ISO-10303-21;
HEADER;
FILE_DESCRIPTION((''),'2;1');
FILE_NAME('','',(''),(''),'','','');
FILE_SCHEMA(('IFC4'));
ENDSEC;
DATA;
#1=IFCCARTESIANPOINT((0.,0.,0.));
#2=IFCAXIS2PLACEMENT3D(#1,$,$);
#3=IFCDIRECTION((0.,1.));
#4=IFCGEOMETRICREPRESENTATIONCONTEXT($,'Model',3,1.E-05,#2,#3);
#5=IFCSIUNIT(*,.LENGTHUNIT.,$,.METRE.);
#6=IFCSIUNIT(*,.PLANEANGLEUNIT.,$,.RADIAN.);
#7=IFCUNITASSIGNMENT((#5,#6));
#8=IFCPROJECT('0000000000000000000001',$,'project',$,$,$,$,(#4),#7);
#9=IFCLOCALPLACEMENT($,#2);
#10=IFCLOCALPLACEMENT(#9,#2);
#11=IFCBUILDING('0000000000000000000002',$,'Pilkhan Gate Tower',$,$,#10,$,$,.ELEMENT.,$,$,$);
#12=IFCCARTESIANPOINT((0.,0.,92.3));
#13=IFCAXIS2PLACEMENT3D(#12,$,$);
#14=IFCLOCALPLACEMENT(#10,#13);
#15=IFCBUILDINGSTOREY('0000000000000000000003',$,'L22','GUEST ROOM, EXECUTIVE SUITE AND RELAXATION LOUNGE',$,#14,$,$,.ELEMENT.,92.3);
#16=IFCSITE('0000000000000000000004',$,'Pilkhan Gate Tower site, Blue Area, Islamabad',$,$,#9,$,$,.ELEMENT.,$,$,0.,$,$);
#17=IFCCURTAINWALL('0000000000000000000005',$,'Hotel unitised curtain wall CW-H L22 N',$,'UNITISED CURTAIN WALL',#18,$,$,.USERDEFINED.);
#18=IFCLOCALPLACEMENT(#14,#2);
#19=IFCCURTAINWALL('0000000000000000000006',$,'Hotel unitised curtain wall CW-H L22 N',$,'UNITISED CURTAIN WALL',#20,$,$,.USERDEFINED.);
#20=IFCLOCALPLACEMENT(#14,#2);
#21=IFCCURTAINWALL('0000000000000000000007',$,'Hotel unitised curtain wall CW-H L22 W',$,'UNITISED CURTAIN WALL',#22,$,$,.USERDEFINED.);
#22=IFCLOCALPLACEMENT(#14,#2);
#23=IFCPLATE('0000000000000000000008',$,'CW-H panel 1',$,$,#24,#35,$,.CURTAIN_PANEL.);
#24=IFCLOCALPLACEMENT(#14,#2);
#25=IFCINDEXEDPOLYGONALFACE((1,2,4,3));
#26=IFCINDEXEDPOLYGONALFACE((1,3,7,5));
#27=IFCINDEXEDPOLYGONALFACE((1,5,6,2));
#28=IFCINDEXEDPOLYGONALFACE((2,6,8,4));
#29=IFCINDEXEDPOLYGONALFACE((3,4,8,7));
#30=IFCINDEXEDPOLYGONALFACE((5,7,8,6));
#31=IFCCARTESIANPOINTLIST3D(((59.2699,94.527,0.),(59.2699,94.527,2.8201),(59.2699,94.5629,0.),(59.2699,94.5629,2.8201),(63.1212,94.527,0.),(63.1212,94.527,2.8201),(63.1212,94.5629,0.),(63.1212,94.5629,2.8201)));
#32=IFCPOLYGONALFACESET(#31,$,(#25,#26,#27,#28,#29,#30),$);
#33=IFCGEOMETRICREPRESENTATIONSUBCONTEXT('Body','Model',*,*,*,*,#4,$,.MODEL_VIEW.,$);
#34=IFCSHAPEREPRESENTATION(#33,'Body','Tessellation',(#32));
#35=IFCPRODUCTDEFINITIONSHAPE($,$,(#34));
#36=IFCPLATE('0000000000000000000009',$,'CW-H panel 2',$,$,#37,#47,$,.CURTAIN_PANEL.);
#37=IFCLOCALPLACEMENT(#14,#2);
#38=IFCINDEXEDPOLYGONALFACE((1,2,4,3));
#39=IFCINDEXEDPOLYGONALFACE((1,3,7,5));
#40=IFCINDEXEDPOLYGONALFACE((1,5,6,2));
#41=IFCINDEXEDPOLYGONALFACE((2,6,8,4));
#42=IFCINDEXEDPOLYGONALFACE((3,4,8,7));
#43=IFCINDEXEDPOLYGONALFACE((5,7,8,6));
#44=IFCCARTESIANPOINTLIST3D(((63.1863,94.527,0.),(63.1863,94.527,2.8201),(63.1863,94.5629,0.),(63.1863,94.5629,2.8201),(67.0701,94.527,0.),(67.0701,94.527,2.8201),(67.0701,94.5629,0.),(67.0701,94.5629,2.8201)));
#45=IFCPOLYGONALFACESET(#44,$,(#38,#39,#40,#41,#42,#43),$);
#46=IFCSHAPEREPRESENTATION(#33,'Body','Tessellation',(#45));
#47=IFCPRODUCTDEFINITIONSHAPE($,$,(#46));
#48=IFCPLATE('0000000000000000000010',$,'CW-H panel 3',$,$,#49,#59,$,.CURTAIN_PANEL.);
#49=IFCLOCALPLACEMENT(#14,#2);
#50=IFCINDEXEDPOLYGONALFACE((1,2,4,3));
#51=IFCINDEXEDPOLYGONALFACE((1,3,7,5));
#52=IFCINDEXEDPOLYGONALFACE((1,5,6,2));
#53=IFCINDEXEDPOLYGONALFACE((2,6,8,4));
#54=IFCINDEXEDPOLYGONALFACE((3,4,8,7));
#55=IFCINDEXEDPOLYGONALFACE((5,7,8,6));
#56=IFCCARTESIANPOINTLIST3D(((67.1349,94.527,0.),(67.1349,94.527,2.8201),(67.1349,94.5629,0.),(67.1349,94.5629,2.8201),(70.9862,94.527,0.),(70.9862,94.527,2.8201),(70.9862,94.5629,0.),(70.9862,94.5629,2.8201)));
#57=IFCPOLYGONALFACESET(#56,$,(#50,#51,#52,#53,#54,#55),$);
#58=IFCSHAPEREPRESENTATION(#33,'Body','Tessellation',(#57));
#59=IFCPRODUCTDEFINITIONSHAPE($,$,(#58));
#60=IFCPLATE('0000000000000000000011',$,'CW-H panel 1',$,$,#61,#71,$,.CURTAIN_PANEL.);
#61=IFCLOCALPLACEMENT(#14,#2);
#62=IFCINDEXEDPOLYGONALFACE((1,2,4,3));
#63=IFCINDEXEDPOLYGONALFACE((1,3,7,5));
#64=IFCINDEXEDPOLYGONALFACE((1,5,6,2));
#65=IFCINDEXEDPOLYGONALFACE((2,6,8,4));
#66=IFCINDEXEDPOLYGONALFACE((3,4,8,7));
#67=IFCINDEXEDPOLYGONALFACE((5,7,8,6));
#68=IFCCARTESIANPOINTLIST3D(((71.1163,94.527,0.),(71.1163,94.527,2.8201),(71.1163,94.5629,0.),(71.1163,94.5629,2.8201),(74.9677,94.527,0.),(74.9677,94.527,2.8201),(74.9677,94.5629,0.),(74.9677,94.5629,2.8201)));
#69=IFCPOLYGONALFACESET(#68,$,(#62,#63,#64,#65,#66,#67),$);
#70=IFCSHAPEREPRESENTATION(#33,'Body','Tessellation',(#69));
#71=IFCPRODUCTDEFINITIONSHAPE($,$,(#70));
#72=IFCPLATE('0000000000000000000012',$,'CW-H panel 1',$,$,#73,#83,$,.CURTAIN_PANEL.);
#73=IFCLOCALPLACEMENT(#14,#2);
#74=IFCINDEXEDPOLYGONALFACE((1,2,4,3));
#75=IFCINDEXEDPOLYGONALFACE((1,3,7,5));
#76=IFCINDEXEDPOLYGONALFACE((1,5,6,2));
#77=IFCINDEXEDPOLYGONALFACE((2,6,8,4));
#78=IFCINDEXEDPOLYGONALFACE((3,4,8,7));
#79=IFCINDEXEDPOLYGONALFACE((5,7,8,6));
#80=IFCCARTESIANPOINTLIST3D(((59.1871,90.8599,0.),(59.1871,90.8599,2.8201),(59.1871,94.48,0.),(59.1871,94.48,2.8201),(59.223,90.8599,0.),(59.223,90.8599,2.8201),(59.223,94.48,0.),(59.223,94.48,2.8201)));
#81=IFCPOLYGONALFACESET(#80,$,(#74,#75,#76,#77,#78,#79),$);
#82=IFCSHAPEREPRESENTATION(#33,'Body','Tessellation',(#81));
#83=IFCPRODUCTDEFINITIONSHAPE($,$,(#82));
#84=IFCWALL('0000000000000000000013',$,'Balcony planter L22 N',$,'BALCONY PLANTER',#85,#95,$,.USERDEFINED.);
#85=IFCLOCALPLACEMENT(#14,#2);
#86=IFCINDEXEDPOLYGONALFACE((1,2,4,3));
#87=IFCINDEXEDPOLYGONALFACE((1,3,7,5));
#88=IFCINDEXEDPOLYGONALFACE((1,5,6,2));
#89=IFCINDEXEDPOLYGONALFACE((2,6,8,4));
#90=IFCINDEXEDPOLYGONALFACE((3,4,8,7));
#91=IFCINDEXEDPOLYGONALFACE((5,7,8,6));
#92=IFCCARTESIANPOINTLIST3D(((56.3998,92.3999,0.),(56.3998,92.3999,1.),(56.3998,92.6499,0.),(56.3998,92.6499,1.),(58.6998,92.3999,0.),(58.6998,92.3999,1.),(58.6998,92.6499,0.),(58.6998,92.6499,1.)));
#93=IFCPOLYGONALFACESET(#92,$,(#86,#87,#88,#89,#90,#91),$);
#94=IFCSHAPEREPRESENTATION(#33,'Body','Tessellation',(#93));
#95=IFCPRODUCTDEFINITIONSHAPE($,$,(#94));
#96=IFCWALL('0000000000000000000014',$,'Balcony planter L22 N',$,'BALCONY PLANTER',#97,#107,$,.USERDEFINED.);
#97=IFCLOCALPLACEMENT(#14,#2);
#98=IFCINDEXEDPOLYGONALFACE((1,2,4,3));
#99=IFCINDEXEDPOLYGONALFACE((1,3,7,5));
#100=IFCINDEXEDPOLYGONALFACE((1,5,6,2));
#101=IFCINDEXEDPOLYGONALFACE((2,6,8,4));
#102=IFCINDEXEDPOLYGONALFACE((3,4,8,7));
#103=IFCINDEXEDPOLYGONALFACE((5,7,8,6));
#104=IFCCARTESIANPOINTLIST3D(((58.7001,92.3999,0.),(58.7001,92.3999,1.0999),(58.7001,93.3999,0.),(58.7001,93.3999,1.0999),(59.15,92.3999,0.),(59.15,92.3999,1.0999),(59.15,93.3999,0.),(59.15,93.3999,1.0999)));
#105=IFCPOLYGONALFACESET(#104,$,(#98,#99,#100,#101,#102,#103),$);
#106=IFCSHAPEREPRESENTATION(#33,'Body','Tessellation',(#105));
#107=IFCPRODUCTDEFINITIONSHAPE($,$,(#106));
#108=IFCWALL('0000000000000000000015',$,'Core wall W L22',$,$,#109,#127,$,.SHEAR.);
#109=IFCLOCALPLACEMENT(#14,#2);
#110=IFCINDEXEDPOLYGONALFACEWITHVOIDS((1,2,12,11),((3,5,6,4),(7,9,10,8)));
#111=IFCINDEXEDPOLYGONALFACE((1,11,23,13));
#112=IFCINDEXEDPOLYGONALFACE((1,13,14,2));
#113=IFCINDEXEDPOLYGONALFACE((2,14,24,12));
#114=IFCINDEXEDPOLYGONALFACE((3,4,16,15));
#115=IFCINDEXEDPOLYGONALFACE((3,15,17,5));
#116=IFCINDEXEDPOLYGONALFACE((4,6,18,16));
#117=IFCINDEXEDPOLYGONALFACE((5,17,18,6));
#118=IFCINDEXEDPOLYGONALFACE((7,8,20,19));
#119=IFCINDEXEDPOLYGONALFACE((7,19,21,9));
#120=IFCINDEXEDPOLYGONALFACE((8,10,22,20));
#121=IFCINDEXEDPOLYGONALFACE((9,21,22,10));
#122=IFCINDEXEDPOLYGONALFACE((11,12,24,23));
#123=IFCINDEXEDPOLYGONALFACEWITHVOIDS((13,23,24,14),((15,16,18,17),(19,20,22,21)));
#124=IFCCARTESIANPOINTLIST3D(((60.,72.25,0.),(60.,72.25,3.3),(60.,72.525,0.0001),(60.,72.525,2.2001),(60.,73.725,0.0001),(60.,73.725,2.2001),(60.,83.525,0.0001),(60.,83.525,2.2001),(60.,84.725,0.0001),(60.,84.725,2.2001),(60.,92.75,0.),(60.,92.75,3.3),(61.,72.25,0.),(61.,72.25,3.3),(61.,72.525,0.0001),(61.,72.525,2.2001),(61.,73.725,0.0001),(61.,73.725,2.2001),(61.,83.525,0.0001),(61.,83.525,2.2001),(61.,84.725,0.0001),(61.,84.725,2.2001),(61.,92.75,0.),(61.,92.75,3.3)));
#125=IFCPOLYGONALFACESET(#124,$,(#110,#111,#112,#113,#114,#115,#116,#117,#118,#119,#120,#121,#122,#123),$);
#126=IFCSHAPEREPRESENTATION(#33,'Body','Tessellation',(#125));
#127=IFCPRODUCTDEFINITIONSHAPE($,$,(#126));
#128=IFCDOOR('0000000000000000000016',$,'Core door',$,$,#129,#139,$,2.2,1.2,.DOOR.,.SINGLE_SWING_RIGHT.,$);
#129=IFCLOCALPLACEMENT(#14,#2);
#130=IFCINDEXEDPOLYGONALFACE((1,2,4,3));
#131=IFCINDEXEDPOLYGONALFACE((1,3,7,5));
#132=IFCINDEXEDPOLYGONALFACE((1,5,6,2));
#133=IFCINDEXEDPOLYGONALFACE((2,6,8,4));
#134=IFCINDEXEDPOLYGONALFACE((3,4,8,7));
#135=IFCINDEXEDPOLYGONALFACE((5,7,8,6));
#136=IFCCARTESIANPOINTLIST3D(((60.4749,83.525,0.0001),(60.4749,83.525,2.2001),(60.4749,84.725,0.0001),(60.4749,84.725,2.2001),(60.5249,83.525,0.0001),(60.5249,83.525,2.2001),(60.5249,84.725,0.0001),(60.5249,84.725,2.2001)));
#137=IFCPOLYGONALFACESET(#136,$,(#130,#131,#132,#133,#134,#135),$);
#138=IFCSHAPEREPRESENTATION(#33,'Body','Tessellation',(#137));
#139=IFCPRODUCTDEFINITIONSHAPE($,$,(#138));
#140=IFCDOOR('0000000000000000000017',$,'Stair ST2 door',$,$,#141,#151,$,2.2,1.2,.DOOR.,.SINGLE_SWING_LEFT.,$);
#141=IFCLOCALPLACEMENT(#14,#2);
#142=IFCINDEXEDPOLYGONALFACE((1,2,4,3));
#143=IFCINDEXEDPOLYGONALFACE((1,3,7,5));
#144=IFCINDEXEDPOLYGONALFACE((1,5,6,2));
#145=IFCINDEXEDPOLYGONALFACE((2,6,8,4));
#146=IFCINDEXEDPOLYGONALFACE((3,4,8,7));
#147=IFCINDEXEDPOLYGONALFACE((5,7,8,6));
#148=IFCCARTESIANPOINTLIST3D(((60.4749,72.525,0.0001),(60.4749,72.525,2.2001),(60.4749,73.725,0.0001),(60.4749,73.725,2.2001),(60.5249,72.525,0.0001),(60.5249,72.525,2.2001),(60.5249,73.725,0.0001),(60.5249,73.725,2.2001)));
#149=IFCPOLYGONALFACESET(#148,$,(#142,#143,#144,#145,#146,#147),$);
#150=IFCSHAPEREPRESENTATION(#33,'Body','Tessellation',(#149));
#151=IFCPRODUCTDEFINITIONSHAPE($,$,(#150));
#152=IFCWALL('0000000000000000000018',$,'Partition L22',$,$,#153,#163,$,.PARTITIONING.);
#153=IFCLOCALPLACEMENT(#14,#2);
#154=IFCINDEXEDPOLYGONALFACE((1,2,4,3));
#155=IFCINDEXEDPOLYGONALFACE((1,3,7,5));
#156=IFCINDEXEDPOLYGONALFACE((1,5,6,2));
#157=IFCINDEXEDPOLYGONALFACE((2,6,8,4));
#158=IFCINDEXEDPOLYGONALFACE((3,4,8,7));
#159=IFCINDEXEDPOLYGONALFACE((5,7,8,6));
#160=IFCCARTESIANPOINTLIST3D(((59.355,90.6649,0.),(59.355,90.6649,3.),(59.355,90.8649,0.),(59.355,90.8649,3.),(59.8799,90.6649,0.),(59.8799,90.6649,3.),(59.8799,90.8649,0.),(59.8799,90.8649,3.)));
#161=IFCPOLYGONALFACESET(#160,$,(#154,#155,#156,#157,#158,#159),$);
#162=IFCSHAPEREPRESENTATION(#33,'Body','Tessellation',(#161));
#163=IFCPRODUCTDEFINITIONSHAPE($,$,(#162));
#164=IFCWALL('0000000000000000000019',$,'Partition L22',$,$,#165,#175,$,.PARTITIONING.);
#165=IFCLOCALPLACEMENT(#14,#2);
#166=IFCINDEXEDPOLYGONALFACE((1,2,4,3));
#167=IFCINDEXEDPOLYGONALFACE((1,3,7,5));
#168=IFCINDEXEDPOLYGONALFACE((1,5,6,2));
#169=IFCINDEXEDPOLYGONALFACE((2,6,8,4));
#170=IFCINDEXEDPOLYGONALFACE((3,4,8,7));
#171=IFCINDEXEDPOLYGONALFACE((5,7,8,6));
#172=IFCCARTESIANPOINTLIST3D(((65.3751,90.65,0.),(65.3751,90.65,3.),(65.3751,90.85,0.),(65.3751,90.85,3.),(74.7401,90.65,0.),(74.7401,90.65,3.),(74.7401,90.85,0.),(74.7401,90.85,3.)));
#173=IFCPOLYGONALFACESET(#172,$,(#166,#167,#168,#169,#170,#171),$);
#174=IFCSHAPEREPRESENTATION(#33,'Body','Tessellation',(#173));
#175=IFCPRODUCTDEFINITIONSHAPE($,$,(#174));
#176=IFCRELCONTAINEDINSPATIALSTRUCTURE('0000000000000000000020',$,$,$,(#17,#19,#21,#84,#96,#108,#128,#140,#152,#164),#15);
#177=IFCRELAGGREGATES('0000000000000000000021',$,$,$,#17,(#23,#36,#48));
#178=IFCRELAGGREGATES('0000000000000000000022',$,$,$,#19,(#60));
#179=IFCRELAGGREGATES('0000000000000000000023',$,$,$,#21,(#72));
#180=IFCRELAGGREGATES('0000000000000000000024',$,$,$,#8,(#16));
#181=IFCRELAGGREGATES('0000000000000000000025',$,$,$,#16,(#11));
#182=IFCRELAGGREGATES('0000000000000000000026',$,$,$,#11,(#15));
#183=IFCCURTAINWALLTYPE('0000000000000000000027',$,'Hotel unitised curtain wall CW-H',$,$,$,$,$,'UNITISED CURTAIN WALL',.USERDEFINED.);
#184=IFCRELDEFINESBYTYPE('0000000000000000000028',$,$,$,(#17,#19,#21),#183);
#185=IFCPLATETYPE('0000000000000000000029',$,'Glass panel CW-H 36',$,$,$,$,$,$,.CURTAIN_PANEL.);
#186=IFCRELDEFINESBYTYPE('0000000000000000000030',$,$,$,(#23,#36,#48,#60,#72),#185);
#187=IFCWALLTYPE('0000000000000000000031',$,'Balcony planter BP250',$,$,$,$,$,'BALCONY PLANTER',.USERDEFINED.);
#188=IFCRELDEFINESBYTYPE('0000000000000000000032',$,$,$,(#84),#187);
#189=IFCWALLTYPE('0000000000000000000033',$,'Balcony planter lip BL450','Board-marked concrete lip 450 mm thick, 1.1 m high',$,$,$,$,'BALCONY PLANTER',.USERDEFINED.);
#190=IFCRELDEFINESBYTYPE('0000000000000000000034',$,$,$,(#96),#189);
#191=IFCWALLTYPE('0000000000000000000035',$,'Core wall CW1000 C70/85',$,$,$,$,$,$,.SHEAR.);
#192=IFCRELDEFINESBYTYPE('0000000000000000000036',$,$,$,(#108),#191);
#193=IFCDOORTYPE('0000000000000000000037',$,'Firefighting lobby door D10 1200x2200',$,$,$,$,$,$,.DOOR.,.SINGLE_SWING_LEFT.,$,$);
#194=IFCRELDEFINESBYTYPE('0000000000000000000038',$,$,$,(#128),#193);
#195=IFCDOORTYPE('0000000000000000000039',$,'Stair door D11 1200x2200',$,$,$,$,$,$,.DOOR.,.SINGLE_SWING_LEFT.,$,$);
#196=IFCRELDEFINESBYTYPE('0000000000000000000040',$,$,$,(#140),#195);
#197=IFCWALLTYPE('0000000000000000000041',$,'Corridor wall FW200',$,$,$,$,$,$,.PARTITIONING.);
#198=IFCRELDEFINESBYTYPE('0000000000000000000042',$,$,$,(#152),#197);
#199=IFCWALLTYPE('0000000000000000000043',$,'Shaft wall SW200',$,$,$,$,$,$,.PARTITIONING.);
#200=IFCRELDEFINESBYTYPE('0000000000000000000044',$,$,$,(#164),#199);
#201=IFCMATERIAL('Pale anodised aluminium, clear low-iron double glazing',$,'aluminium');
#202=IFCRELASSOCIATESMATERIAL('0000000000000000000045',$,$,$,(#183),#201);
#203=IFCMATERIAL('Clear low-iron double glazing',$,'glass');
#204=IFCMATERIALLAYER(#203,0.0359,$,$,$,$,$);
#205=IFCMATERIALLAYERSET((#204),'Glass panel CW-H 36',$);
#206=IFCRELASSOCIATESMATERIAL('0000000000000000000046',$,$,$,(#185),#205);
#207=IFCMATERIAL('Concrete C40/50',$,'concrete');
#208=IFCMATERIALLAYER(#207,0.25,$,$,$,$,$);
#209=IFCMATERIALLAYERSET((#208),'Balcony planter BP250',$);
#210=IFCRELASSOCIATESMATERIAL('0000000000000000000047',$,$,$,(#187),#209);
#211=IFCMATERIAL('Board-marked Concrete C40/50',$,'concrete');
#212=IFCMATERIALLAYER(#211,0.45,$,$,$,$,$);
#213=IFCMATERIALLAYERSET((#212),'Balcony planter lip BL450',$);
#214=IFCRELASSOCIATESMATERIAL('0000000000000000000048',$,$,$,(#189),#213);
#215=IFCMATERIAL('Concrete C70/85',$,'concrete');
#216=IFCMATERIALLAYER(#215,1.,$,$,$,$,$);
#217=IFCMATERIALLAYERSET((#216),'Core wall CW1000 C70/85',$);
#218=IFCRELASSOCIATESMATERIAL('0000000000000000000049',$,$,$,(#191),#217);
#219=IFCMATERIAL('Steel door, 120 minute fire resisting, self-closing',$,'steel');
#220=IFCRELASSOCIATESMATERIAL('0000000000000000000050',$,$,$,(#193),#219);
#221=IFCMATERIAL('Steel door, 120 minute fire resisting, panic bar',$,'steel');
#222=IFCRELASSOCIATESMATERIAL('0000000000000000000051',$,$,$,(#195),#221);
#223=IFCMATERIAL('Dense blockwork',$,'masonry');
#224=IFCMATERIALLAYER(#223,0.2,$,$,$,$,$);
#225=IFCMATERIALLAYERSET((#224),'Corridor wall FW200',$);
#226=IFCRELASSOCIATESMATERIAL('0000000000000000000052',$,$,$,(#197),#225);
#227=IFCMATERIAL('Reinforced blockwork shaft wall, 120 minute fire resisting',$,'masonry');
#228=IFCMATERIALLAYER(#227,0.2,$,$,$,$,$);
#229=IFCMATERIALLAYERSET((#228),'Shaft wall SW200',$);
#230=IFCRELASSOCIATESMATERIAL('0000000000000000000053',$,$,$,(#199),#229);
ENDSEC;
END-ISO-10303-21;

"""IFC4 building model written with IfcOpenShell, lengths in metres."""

from ifc_helpers import new_model, si_unit, direction, frame, frame_2d, origin, origin_2d, place, context, subcontext, project, spatial, rectangle, extrude, material, layer, layer_set, type_object, element, fill, aggregate, save


model = new_model("IFC4")

# Units and contexts
model_context = context("Model", 3, precision=1e-05, world=origin(), true_north=direction((0.0, 1.0)))
body_context = subcontext(model_context, "Body", "Model", "MODEL_VIEW")
ifc_project = project(units=[si_unit("LENGTHUNIT", "METRE"), si_unit("PLANEANGLEUNIT", "RADIAN")], contexts=[model_context])

# Site, building, storey
site_placement = place(None, origin())
site = spatial("IfcSite", under=ifc_project, at=site_placement, Name="Pilkhan Gate Tower site, Blue Area, Islamabad", CompositionType="ELEMENT", RefElevation=0.0)
building_placement = place(site_placement, origin())
building = spatial("IfcBuilding", under=site, at=building_placement, Name="Pilkhan Gate Tower", CompositionType="ELEMENT")
storey_placement = place(building_placement, frame((0.0, 0.0, 92.3)))
storey = spatial("IfcBuildingStorey", under=building, at=storey_placement, Name="L22", Description="GUEST ROOM, EXECUTIVE SUITE AND RELAXATION LOUNGE", CompositionType="ELEMENT", Elevation=92.3)

# Curtain wall
ifc_material_1 = material(Name="Pale anodised aluminium, clear low-iron double glazing", Category="aluminium")
curtain_wall_type = type_object("IfcCurtainWallType", Name="Hotel unitised curtain wall CW-H", ElementType="UNITISED CURTAIN WALL", PredefinedType="USERDEFINED", material=ifc_material_1)
curtain_wall_1_placement = place(storey_placement, origin())
curtain_wall_1 = element("IfcCurtainWall", 1, at=curtain_wall_1_placement, inside=storey, type_object=curtain_wall_type, Name="Hotel unitised curtain wall CW-H L22 N", ObjectType="UNITISED CURTAIN WALL", PredefinedType="USERDEFINED")

# Curtain wall
curtain_wall_2_placement = place(storey_placement, origin())
curtain_wall_2 = element("IfcCurtainWall", 2, at=curtain_wall_2_placement, inside=storey, type_object=curtain_wall_type, Name="Hotel unitised curtain wall CW-H L22 N", ObjectType="UNITISED CURTAIN WALL", PredefinedType="USERDEFINED")

# Curtain wall
curtain_wall_3_placement = place(storey_placement, origin())
curtain_wall_3 = element("IfcCurtainWall", 3, at=curtain_wall_3_placement, inside=storey, type_object=curtain_wall_type, Name="Hotel unitised curtain wall CW-H L22 W", ObjectType="UNITISED CURTAIN WALL", PredefinedType="USERDEFINED")

# Plates
ifc_material_2 = material(Name="Clear low-iron double glazing", Category="glass")
ifc_layer_1 = layer(ifc_material_2, 0.0359)
ifc_layer_set_1 = layer_set([ifc_layer_1], Name="Glass panel CW-H 36")
plate_type = type_object("IfcPlateType", Name="Glass panel CW-H 36", PredefinedType="CURTAIN_PANEL", material=ifc_layer_set_1)
plate_1_placement = place(storey_placement, frame((61.1956, 94.5449, 0.0), z_axis=(0.0, 0.0, 1.0), x_axis=(1.0, 0.0, 0.0)))
plate_1 = element("IfcPlate", 4, at=plate_1_placement, type_object=plate_type, Name="CW-H panel 1", PredefinedType="CURTAIN_PANEL", context=body_context, shape_type="SweptSolid", body=[
    extrude(rectangle(XDim=3.8513, YDim=0.0359, at=origin_2d()), origin(), (0.0, 0.0, 1.0), 2.8201),
])
plate_2_placement = place(storey_placement, frame((65.1282, 94.5449, 0.0), z_axis=(0.0, 0.0, 1.0), x_axis=(1.0, 0.0, 0.0)))
plate_2 = element("IfcPlate", 5, at=plate_2_placement, type_object=plate_type, Name="CW-H panel 2", PredefinedType="CURTAIN_PANEL", context=body_context, shape_type="SweptSolid", body=[
    extrude(rectangle(XDim=3.8838, YDim=0.0359, at=origin_2d()), origin(), (0.0, 0.0, 1.0), 2.8201),
])
plate_3_placement = place(storey_placement, frame((69.0605, 94.5449, 0.0), z_axis=(0.0, 0.0, 1.0), x_axis=(1.0, 0.0, 0.0)))
plate_3 = element("IfcPlate", 6, at=plate_3_placement, type_object=plate_type, Name="CW-H panel 3", PredefinedType="CURTAIN_PANEL", context=body_context, shape_type="SweptSolid", body=[
    extrude(rectangle(XDim=3.8513, YDim=0.0359, at=origin_2d()), origin(), (0.0, 0.0, 1.0), 2.8201),
])
aggregate(curtain_wall_1, [plate_1, plate_2, plate_3])
plate_4_placement = place(storey_placement, frame((73.042, 94.5449, 0.0), z_axis=(0.0, 0.0, 1.0), x_axis=(1.0, 0.0, 0.0)))
plate_4 = element("IfcPlate", 7, at=plate_4_placement, type_object=plate_type, Name="CW-H panel 1", PredefinedType="CURTAIN_PANEL", context=body_context, shape_type="SweptSolid", body=[
    extrude(rectangle(XDim=3.8513, YDim=0.0359, at=origin_2d()), origin(), (0.0, 0.0, 1.0), 2.8201),
])
aggregate(curtain_wall_2, [plate_4])
plate_5_placement = place(storey_placement, frame((59.2051, 92.6699, 0.0), z_axis=(0.0, 0.0, 1.0), x_axis=(0.0, 1.0, 0.0)))
plate_5 = element("IfcPlate", 8, at=plate_5_placement, type_object=plate_type, Name="CW-H panel 1", PredefinedType="CURTAIN_PANEL", context=body_context, shape_type="SweptSolid", body=[
    extrude(rectangle(XDim=3.6201, YDim=0.0359, at=origin_2d()), origin(), (0.0, 0.0, 1.0), 2.8201),
])
aggregate(curtain_wall_3, [plate_5])

# Walls
ifc_material_3 = material(Name="Concrete C40/50", Category="concrete")
ifc_layer_2 = layer(ifc_material_3, 0.25)
ifc_layer_set_2 = layer_set([ifc_layer_2], Name="Balcony planter BP250")
wall_type_1 = type_object("IfcWallType", Name="Balcony planter BP250", ElementType="BALCONY PLANTER", PredefinedType="USERDEFINED", material=ifc_layer_set_2)
wall_1_placement = place(storey_placement, frame((56.3999, 92.5249, 0.0), z_axis=(0.0, 0.0, 1.0), x_axis=(1.0, 0.0, 0.0)))
element("IfcWall", 9, at=wall_1_placement, inside=storey, type_object=wall_type_1, Name="Balcony planter L22 N", ObjectType="BALCONY PLANTER", PredefinedType="USERDEFINED", context=body_context, shape_type="SweptSolid", body=[
    extrude(rectangle(XDim=2.3, YDim=0.25, at=frame_2d((1.1499, 0.0))), origin(), (0.0, 0.0, 1.0), 1.0),
])
ifc_material_4 = material(Name="Board-marked Concrete C40/50", Category="concrete")
ifc_layer_3 = layer(ifc_material_4, 0.45)
ifc_layer_set_3 = layer_set([ifc_layer_3], Name="Balcony planter lip BL450")
wall_type_2 = type_object("IfcWallType", Name="Balcony planter lip BL450", Description="Board-marked concrete lip 450 mm thick, 1.1 m high", ElementType="BALCONY PLANTER", PredefinedType="USERDEFINED", material=ifc_layer_set_3)
wall_2_placement = place(storey_placement, frame((58.925, 92.3999, 0.0), z_axis=(0.0, 0.0, 1.0), x_axis=(0.0, 1.0, 0.0)))
element("IfcWall", 10, at=wall_2_placement, inside=storey, type_object=wall_type_2, Name="Balcony planter L22 N", ObjectType="BALCONY PLANTER", PredefinedType="USERDEFINED", context=body_context, shape_type="SweptSolid", body=[
    extrude(rectangle(XDim=1.0, YDim=0.45, at=frame_2d((0.5, 0.0))), origin(), (0.0, 0.0, 1.0), 1.0999),
])

# Wall, openings, doors
ifc_material_5 = material(Name="Concrete C70/85", Category="concrete")
ifc_layer_4 = layer(ifc_material_5, 1.0)
ifc_layer_set_4 = layer_set([ifc_layer_4], Name="Core wall CW1000 C70/85")
wall_type_3 = type_object("IfcWallType", Name="Core wall CW1000 C70/85", PredefinedType="SHEAR", material=ifc_layer_set_4)
wall_3_placement = place(storey_placement, frame((60.5, 92.75, 0.0), z_axis=(0.0, 0.0, 1.0), x_axis=(0.0, -1.0, 0.0)))
wall_3 = element("IfcWall", 11, at=wall_3_placement, inside=storey, type_object=wall_type_3, Name="Core wall W L22", PredefinedType="SHEAR", context=body_context, shape_type="SweptSolid", body=[
    extrude(rectangle(XDim=20.5, YDim=1.0, at=frame_2d((10.25, 0.0))), origin(), (0.0, 0.0, 1.0), 3.3),
])
opening_1_placement = place(wall_3_placement, frame((19.0249, 0.0, 0.0)))
opening_1 = element("IfcOpeningElement", 12, at=opening_1_placement, cuts=wall_3, PredefinedType="OPENING", context=body_context, shape_type="SweptSolid", body=[
    extrude(rectangle(XDim=1.2, YDim=2.2, at=frame_2d((0.6001, 1.1001))), frame((0.0, 0.51, 0.0), z_axis=(0.0, -1.0, 0.0), x_axis=(1.0, 0.0, 0.0)), (0.0, 0.0, 1.0), 1.02),
])
opening_2_placement = place(wall_3_placement, frame((8.0249, 0.0, 0.0)))
opening_2 = element("IfcOpeningElement", 13, at=opening_2_placement, cuts=wall_3, PredefinedType="OPENING", context=body_context, shape_type="SweptSolid", body=[
    extrude(rectangle(XDim=1.2, YDim=2.2, at=frame_2d((0.6001, 1.1001))), frame((0.0, 0.51, 0.0), z_axis=(0.0, -1.0, 0.0), x_axis=(1.0, 0.0, 0.0)), (0.0, 0.0, 1.0), 1.02),
])
ifc_material_6 = material(Name="Steel door, 120 minute fire resisting, self-closing", Category="steel")
door_type_1 = type_object("IfcDoorType", Name="Firefighting lobby door D10 1200x2200", OperationType="SINGLE_SWING_LEFT", PredefinedType="DOOR", material=ifc_material_6)
door_1_placement = place(opening_2_placement, origin())
door_1 = element("IfcDoor", 14, at=door_1_placement, inside=storey, type_object=door_type_1, Name="Core door", OperationType="SINGLE_SWING_RIGHT", OverallHeight=2.2, OverallWidth=1.2, PredefinedType="DOOR", context=body_context, shape_type="SweptSolid", body=[
    extrude(rectangle(XDim=1.2, YDim=2.2, at=frame_2d((0.6001, 1.1001))), frame((0.0, 0.0249, 0.0), z_axis=(0.0, -1.0, 0.0), x_axis=(1.0, 0.0, 0.0)), (0.0, 0.0, 1.0), 0.05),
])
fill(opening_2, door_1)
ifc_material_7 = material(Name="Steel door, 120 minute fire resisting, panic bar", Category="steel")
door_type_2 = type_object("IfcDoorType", Name="Stair door D11 1200x2200", OperationType="SINGLE_SWING_LEFT", PredefinedType="DOOR", material=ifc_material_7)
door_2_placement = place(opening_1_placement, origin())
door_2 = element("IfcDoor", 15, at=door_2_placement, inside=storey, type_object=door_type_2, Name="Stair ST2 door", OperationType="SINGLE_SWING_LEFT", OverallHeight=2.2, OverallWidth=1.2, PredefinedType="DOOR", context=body_context, shape_type="SweptSolid", body=[
    extrude(rectangle(XDim=1.2, YDim=2.2, at=frame_2d((0.6001, 1.1001))), frame((0.0, 0.0249, 0.0), z_axis=(0.0, -1.0, 0.0), x_axis=(1.0, 0.0, 0.0)), (0.0, 0.0, 1.0), 0.05),
])
fill(opening_1, door_2)

# Wall
ifc_material_8 = material(Name="Dense blockwork", Category="masonry")
ifc_layer_5 = layer(ifc_material_8, 0.2)
ifc_layer_set_5 = layer_set([ifc_layer_5], Name="Corridor wall FW200")
wall_type_4 = type_object("IfcWallType", Name="Corridor wall FW200", PredefinedType="PARTITIONING", material=ifc_layer_set_5)
wall_4_placement = place(storey_placement, frame((59.355, 90.7649, 0.0), z_axis=(0.0, 0.0, 1.0), x_axis=(1.0, 0.0, 0.0)))
element("IfcWall", 16, at=wall_4_placement, inside=storey, type_object=wall_type_4, Name="Partition L22", PredefinedType="PARTITIONING", context=body_context, shape_type="SweptSolid", body=[
    extrude(rectangle(XDim=0.5249, YDim=0.2, at=frame_2d((0.2625, 0.0))), origin(), (0.0, 0.0, 1.0), 3.0),
])

# Wall
ifc_material_9 = material(Name="Reinforced blockwork shaft wall, 120 minute fire resisting", Category="masonry")
ifc_layer_6 = layer(ifc_material_9, 0.2)
ifc_layer_set_6 = layer_set([ifc_layer_6], Name="Shaft wall SW200")
wall_type_5 = type_object("IfcWallType", Name="Shaft wall SW200", PredefinedType="PARTITIONING", material=ifc_layer_set_6)
wall_5_placement = place(storey_placement, frame((65.375, 90.75, 0.0), z_axis=(0.0, 0.0, 1.0), x_axis=(1.0, 0.0, 0.0)))
element("IfcWall", 17, at=wall_5_placement, inside=storey, type_object=wall_type_5, Name="Partition L22", PredefinedType="PARTITIONING", context=body_context, shape_type="SweptSolid", body=[
    extrude(rectangle(XDim=9.365, YDim=0.2, at=frame_2d((4.6826, 0.0))), origin(), (0.0, 0.0, 1.0), 3.0),
])

save(model, "model.ifc")
